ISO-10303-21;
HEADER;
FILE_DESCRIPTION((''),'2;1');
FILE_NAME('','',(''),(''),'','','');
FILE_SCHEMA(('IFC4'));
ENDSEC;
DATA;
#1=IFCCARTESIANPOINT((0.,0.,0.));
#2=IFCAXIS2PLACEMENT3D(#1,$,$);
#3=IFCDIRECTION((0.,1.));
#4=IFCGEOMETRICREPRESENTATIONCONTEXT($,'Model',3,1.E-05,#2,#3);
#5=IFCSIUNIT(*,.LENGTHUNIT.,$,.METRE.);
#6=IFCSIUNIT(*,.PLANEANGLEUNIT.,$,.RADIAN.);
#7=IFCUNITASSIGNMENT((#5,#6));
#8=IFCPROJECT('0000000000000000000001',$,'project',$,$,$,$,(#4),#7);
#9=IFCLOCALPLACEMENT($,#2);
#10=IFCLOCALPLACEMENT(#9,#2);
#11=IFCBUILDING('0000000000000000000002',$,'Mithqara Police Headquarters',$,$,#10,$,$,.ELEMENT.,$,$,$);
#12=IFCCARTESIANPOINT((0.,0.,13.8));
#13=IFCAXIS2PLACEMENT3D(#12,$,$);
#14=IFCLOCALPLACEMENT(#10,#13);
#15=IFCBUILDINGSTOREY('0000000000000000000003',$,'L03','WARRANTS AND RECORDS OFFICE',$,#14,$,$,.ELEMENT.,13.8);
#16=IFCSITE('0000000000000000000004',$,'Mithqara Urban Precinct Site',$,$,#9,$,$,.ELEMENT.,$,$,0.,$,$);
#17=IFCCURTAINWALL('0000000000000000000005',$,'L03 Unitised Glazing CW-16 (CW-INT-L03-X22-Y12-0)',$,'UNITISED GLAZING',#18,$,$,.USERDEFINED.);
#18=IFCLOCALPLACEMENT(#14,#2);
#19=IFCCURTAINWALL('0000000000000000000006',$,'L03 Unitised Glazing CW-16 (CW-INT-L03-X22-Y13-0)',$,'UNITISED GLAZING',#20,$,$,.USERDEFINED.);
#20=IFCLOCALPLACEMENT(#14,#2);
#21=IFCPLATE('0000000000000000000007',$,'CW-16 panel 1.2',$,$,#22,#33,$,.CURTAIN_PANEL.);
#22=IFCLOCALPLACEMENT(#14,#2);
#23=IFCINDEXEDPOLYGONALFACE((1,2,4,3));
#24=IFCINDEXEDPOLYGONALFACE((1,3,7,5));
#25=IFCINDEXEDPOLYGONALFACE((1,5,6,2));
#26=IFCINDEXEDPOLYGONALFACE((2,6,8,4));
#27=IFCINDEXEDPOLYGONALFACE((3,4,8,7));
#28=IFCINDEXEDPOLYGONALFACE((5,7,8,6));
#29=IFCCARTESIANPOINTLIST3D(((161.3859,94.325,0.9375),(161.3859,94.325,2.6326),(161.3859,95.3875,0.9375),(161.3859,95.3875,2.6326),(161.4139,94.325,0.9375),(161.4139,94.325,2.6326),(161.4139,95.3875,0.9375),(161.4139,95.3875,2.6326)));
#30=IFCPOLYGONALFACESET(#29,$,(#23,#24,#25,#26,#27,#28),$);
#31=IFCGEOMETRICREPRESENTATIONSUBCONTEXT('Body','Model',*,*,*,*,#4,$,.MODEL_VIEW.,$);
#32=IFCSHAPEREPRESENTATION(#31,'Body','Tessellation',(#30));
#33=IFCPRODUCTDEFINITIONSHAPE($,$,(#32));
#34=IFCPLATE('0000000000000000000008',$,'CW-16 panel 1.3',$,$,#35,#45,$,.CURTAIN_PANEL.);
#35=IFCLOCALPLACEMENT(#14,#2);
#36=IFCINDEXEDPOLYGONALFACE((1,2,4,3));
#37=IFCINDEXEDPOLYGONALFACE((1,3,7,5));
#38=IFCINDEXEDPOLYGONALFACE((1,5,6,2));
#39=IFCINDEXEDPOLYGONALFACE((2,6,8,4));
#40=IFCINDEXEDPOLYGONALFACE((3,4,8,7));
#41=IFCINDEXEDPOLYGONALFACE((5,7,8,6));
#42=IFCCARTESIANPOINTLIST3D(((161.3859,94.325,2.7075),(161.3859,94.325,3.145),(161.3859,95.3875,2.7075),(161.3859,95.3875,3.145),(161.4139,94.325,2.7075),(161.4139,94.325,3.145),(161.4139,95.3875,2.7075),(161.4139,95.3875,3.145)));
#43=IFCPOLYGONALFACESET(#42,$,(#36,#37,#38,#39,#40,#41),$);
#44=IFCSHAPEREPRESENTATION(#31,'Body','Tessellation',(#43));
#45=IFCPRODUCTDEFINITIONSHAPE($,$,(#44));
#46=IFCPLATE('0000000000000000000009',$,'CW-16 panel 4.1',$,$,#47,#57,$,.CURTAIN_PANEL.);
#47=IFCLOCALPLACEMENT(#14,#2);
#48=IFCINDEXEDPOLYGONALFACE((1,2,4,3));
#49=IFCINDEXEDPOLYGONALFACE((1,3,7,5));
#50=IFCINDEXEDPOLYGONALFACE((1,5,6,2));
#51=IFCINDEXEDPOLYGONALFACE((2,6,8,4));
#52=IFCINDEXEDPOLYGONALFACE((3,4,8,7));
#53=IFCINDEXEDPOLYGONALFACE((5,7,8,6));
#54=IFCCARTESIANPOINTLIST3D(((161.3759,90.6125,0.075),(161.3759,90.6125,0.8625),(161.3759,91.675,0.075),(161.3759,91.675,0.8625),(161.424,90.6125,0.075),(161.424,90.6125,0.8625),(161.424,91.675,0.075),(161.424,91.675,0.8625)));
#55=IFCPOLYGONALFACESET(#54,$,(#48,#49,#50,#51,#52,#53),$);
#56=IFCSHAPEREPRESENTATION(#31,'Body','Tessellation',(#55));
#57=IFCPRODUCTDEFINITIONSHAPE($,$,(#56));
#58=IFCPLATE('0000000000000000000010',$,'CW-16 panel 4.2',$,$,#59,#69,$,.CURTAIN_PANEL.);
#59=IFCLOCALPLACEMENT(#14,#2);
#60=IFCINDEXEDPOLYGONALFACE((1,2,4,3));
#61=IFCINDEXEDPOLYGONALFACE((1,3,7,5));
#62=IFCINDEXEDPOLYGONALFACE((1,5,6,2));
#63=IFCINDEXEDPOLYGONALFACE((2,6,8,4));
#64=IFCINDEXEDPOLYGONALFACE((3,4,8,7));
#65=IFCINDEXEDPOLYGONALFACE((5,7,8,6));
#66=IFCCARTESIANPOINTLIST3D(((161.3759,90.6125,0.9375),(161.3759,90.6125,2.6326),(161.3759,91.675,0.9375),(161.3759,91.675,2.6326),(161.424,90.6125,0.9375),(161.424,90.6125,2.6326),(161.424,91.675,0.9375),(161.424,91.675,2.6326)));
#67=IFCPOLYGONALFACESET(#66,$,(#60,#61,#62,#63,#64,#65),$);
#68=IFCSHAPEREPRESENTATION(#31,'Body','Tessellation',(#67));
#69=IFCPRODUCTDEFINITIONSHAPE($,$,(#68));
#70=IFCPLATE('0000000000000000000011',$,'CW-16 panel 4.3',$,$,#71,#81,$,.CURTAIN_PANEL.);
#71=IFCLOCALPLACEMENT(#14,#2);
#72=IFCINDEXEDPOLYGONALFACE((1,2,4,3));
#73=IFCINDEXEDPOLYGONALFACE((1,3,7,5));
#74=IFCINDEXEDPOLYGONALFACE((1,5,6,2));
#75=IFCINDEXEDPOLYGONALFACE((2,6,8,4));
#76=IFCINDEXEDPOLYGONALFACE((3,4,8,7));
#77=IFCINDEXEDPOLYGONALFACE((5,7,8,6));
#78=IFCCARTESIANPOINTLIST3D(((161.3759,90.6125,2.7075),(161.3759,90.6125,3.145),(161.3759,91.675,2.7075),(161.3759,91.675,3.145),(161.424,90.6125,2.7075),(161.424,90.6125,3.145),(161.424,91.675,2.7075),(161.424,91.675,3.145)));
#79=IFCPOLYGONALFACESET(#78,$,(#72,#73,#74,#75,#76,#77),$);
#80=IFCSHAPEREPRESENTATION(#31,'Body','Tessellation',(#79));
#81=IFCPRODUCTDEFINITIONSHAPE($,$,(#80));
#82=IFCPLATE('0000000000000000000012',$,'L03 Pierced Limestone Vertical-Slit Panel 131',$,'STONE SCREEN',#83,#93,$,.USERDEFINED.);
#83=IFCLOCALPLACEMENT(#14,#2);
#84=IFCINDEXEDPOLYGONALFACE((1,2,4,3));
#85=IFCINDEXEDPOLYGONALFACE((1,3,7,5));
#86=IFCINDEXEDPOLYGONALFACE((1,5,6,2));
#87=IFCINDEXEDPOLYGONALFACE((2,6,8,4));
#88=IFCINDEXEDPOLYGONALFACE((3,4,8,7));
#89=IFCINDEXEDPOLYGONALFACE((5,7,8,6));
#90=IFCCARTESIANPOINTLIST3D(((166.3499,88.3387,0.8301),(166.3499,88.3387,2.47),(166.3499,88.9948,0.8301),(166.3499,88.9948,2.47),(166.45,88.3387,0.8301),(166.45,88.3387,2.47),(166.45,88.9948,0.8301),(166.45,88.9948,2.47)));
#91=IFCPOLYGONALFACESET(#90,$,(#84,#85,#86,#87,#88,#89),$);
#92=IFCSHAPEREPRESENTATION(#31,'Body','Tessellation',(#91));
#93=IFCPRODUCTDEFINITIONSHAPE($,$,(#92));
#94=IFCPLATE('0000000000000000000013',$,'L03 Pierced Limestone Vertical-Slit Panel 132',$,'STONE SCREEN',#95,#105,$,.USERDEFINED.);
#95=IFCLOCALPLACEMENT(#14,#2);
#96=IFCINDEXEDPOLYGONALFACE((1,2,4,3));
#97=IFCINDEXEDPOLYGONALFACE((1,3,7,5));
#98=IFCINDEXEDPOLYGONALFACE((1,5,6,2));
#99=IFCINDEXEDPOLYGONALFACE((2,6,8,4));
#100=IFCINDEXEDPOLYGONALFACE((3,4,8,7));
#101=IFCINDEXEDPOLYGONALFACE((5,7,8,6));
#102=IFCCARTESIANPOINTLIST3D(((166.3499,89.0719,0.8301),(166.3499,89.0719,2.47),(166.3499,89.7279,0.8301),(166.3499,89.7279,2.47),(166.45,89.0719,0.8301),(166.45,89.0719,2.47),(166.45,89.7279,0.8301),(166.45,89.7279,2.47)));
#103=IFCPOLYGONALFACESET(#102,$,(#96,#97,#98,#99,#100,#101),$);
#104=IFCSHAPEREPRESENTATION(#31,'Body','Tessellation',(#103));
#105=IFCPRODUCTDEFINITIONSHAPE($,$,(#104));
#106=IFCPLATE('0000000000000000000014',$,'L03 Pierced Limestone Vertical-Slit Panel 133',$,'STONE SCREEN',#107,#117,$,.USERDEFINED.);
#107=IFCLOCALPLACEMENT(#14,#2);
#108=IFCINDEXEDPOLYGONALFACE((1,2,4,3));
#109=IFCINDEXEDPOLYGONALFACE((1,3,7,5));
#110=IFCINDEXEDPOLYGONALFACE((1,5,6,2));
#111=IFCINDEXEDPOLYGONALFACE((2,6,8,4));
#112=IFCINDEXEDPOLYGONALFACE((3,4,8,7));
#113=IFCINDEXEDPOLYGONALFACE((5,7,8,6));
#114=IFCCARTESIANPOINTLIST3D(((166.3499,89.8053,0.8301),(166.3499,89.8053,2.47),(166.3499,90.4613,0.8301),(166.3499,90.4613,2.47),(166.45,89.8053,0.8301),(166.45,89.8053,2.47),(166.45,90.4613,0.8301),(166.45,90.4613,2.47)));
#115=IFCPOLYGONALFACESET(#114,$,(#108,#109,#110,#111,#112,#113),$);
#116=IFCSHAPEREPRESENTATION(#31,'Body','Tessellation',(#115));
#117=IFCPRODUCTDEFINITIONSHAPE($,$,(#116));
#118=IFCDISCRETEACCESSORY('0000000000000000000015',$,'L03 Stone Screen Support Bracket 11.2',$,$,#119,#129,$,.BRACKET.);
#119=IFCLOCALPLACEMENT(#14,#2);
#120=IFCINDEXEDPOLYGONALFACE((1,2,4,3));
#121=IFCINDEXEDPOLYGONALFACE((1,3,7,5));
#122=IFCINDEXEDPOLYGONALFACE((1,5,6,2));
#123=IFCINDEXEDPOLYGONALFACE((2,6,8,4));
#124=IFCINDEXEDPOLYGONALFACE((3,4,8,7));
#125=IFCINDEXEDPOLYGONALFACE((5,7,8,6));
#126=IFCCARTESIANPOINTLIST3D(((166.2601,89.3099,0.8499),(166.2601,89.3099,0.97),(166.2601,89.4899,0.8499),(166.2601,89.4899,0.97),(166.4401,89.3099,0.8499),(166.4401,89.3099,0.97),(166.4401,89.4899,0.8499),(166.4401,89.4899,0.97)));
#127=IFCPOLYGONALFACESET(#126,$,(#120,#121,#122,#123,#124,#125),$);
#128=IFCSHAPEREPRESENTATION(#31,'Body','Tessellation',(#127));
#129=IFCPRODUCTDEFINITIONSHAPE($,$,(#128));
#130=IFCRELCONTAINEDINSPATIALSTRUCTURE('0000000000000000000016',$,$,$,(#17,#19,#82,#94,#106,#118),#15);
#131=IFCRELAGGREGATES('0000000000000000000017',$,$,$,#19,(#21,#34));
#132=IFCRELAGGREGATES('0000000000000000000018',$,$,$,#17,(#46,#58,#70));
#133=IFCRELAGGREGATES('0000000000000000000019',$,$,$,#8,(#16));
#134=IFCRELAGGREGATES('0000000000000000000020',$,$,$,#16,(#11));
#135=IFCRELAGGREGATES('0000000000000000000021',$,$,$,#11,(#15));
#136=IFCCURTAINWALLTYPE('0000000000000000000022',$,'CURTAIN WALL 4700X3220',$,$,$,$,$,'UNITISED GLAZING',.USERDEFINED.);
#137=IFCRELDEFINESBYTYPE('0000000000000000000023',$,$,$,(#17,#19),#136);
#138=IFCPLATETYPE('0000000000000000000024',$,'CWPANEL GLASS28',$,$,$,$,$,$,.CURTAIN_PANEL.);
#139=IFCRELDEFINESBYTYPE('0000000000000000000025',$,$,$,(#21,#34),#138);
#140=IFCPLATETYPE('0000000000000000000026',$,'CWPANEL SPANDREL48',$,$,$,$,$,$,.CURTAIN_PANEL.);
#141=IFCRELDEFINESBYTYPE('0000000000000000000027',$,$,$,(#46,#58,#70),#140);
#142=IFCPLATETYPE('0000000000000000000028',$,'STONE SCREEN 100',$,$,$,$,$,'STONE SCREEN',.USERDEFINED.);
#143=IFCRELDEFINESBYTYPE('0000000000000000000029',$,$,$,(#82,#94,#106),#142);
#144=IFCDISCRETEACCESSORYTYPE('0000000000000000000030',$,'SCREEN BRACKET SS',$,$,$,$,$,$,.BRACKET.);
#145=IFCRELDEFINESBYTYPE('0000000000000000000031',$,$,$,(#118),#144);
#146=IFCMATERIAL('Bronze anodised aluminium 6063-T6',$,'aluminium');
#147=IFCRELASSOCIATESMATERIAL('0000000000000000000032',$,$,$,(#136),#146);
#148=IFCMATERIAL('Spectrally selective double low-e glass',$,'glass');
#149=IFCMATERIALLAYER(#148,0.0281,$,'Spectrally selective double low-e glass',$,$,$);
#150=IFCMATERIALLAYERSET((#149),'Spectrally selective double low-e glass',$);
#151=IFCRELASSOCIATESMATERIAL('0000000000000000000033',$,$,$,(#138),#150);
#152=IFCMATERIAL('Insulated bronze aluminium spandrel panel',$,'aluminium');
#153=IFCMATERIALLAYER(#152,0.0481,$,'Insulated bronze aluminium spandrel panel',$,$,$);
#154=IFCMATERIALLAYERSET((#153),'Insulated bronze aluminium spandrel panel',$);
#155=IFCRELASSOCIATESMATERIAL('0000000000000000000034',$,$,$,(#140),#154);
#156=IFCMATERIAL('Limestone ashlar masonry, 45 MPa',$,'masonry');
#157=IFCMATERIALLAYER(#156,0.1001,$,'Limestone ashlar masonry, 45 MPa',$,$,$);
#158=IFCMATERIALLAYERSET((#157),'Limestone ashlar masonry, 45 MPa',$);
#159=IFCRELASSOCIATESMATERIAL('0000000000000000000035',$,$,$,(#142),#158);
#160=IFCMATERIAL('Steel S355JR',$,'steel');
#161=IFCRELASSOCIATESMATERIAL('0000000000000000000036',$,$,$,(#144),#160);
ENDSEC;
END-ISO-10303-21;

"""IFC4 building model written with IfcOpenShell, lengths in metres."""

from ifc_helpers import new_model, si_unit, direction, frame, origin, origin_2d, place, context, subcontext, project, spatial, rectangle, extrude, material, layer, layer_set, type_object, element, aggregate, save


model = new_model("IFC4")

# Units and contexts
model_context = context("Model", 3, precision=1e-05, world=origin(), true_north=direction((0.0, 1.0)))
body_context = subcontext(model_context, "Body", "Model", "MODEL_VIEW")
ifc_project = project(units=[si_unit("LENGTHUNIT", "METRE"), si_unit("PLANEANGLEUNIT", "RADIAN")], contexts=[model_context])

# Site, building, storey
site_placement = place(None, origin())
site = spatial("IfcSite", under=ifc_project, at=site_placement, Name="Mithqara Urban Precinct Site", CompositionType="ELEMENT", RefElevation=0.0)
building_placement = place(site_placement, origin())
building = spatial("IfcBuilding", under=site, at=building_placement, Name="Mithqara Police Headquarters", CompositionType="ELEMENT")
storey_placement = place(building_placement, frame((0.0, 0.0, 13.8)))
storey = spatial("IfcBuildingStorey", under=building, at=storey_placement, Name="L03", Description="WARRANTS AND RECORDS OFFICE", CompositionType="ELEMENT", Elevation=13.8)

# Curtain wall
ifc_material_1 = material(Name="Bronze anodised aluminium 6063-T6", Category="aluminium")
curtain_wall_type = type_object("IfcCurtainWallType", Name="CURTAIN WALL 4700X3220", ElementType="UNITISED GLAZING", PredefinedType="USERDEFINED", material=ifc_material_1)
curtain_wall_1_placement = place(storey_placement, origin())
curtain_wall_1 = element("IfcCurtainWall", 1, at=curtain_wall_1_placement, inside=storey, type_object=curtain_wall_type, Name="L03 Unitised Glazing CW-16 (CW-INT-L03-X22-Y12-0)", ObjectType="UNITISED GLAZING", PredefinedType="USERDEFINED")

# Curtain wall
curtain_wall_2_placement = place(storey_placement, origin())
curtain_wall_2 = element("IfcCurtainWall", 2, at=curtain_wall_2_placement, inside=storey, type_object=curtain_wall_type, Name="L03 Unitised Glazing CW-16 (CW-INT-L03-X22-Y13-0)", ObjectType="UNITISED GLAZING", PredefinedType="USERDEFINED")

# Plates
ifc_material_2 = material(Name="Spectrally selective double low-e glass", Category="glass")
ifc_layer_1 = layer(ifc_material_2, 0.0281, Name="Spectrally selective double low-e glass")
ifc_layer_set_1 = layer_set([ifc_layer_1], Name="Spectrally selective double low-e glass")
plate_type_1 = type_object("IfcPlateType", Name="CWPANEL GLASS28", PredefinedType="CURTAIN_PANEL", material=ifc_layer_set_1)
plate_1_placement = place(storey_placement, frame((161.3999, 94.8562, 0.9375), z_axis=(0.0, 0.0, 1.0), x_axis=(0.0, 1.0, 0.0)))
plate_1 = element("IfcPlate", 3, at=plate_1_placement, type_object=plate_type_1, Name="CW-16 panel 1.2", PredefinedType="CURTAIN_PANEL", context=body_context, shape_type="SweptSolid", body=[
    extrude(rectangle(XDim=1.0625, YDim=0.0281, at=origin_2d()), origin(), (0.0, 0.0, 1.0), 1.6951),
])
plate_2_placement = place(storey_placement, frame((161.3999, 94.8562, 2.7075), z_axis=(0.0, 0.0, 1.0), x_axis=(0.0, 1.0, 0.0)))
plate_2 = element("IfcPlate", 4, at=plate_2_placement, type_object=plate_type_1, Name="CW-16 panel 1.3", PredefinedType="CURTAIN_PANEL", context=body_context, shape_type="SweptSolid", body=[
    extrude(rectangle(XDim=1.0625, YDim=0.0281, at=origin_2d()), origin(), (0.0, 0.0, 1.0), 0.4375),
])
aggregate(curtain_wall_2, [plate_1, plate_2])
ifc_material_3 = material(Name="Insulated bronze aluminium spandrel panel", Category="aluminium")
ifc_layer_2 = layer(ifc_material_3, 0.0481, Name="Insulated bronze aluminium spandrel panel")
ifc_layer_set_2 = layer_set([ifc_layer_2], Name="Insulated bronze aluminium spandrel panel")
plate_type_2 = type_object("IfcPlateType", Name="CWPANEL SPANDREL48", PredefinedType="CURTAIN_PANEL", material=ifc_layer_set_2)
plate_3_placement = place(storey_placement, frame((161.3999, 91.1438, 0.075), z_axis=(0.0, 0.0, 1.0), x_axis=(0.0, 1.0, 0.0)))
plate_3 = element("IfcPlate", 5, at=plate_3_placement, type_object=plate_type_2, Name="CW-16 panel 4.1", PredefinedType="CURTAIN_PANEL", context=body_context, shape_type="SweptSolid", body=[
    extrude(rectangle(XDim=1.0625, YDim=0.0481, at=origin_2d()), origin(), (0.0, 0.0, 1.0), 0.7876),
])
plate_4_placement = place(storey_placement, frame((161.3999, 91.1438, 0.9375), z_axis=(0.0, 0.0, 1.0), x_axis=(0.0, 1.0, 0.0)))
plate_4 = element("IfcPlate", 6, at=plate_4_placement, type_object=plate_type_2, Name="CW-16 panel 4.2", PredefinedType="CURTAIN_PANEL", context=body_context, shape_type="SweptSolid", body=[
    extrude(rectangle(XDim=1.0625, YDim=0.0481, at=origin_2d()), origin(), (0.0, 0.0, 1.0), 1.6951),
])
plate_5_placement = place(storey_placement, frame((161.3999, 91.1438, 2.7075), z_axis=(0.0, 0.0, 1.0), x_axis=(0.0, 1.0, 0.0)))
plate_5 = element("IfcPlate", 7, at=plate_5_placement, type_object=plate_type_2, Name="CW-16 panel 4.3", PredefinedType="CURTAIN_PANEL", context=body_context, shape_type="SweptSolid", body=[
    extrude(rectangle(XDim=1.0625, YDim=0.0481, at=origin_2d()), origin(), (0.0, 0.0, 1.0), 0.4375),
])
aggregate(curtain_wall_1, [plate_3, plate_4, plate_5])

# Plates
ifc_material_4 = material(Name="Limestone ashlar masonry, 45 MPa", Category="masonry")
ifc_layer_3 = layer(ifc_material_4, 0.1001, Name="Limestone ashlar masonry, 45 MPa")
ifc_layer_set_3 = layer_set([ifc_layer_3], Name="Limestone ashlar masonry, 45 MPa")
plate_type_3 = type_object("IfcPlateType", Name="STONE SCREEN 100", ElementType="STONE SCREEN", PredefinedType="USERDEFINED", material=ifc_layer_set_3)
for number, where, z_axis, x_axis, name in (
    (8, (166.3999, 88.6667, 0.8301), (0.0, 0.0, 1.0), (0.0, 1.0, 0.0), "L03 Pierced Limestone Vertical-Slit Panel 131"),
    (9, (166.3999, 89.3999, 0.8301), (0.0, 0.0, 1.0), (0.0, 1.0, 0.0), "L03 Pierced Limestone Vertical-Slit Panel 132"),
    (10, (166.3999, 90.1333, 0.8301), (0.0, 0.0, 1.0), (0.0, 1.0, 0.0), "L03 Pierced Limestone Vertical-Slit Panel 133"),
):
    element("IfcPlate", number, at=place(storey_placement, frame(where, z_axis=z_axis, x_axis=x_axis)), inside=storey, type_object=plate_type_3, Name=name, ObjectType="STONE SCREEN", PredefinedType="USERDEFINED", context=body_context, shape_type="SweptSolid", body=[
        extrude(rectangle(XDim=0.656, YDim=0.1001, at=origin_2d()), origin(), (0.0, 0.0, 1.0), 1.6399),
    ])

# Discrete accessory
ifc_material_5 = material(Name="Steel S355JR", Category="steel")
discrete_accessory_type = type_object("IfcDiscreteAccessoryType", Name="SCREEN BRACKET SS", PredefinedType="BRACKET", material=ifc_material_5)
discrete_accessory_placement = place(storey_placement, frame((166.3501, 89.3999, 0.8499), z_axis=(0.0, 0.0, 1.0), x_axis=(0.0, 1.0, 0.0)))
element("IfcDiscreteAccessory", 11, at=discrete_accessory_placement, inside=storey, type_object=discrete_accessory_type, Name="L03 Stone Screen Support Bracket 11.2", PredefinedType="BRACKET", context=body_context, shape_type="SweptSolid", body=[
    extrude(rectangle(XDim=0.1799, YDim=0.1799, at=origin_2d()), origin(), (0.0, 0.0, 1.0), 0.1201),
])

save(model, "model.ifc")
